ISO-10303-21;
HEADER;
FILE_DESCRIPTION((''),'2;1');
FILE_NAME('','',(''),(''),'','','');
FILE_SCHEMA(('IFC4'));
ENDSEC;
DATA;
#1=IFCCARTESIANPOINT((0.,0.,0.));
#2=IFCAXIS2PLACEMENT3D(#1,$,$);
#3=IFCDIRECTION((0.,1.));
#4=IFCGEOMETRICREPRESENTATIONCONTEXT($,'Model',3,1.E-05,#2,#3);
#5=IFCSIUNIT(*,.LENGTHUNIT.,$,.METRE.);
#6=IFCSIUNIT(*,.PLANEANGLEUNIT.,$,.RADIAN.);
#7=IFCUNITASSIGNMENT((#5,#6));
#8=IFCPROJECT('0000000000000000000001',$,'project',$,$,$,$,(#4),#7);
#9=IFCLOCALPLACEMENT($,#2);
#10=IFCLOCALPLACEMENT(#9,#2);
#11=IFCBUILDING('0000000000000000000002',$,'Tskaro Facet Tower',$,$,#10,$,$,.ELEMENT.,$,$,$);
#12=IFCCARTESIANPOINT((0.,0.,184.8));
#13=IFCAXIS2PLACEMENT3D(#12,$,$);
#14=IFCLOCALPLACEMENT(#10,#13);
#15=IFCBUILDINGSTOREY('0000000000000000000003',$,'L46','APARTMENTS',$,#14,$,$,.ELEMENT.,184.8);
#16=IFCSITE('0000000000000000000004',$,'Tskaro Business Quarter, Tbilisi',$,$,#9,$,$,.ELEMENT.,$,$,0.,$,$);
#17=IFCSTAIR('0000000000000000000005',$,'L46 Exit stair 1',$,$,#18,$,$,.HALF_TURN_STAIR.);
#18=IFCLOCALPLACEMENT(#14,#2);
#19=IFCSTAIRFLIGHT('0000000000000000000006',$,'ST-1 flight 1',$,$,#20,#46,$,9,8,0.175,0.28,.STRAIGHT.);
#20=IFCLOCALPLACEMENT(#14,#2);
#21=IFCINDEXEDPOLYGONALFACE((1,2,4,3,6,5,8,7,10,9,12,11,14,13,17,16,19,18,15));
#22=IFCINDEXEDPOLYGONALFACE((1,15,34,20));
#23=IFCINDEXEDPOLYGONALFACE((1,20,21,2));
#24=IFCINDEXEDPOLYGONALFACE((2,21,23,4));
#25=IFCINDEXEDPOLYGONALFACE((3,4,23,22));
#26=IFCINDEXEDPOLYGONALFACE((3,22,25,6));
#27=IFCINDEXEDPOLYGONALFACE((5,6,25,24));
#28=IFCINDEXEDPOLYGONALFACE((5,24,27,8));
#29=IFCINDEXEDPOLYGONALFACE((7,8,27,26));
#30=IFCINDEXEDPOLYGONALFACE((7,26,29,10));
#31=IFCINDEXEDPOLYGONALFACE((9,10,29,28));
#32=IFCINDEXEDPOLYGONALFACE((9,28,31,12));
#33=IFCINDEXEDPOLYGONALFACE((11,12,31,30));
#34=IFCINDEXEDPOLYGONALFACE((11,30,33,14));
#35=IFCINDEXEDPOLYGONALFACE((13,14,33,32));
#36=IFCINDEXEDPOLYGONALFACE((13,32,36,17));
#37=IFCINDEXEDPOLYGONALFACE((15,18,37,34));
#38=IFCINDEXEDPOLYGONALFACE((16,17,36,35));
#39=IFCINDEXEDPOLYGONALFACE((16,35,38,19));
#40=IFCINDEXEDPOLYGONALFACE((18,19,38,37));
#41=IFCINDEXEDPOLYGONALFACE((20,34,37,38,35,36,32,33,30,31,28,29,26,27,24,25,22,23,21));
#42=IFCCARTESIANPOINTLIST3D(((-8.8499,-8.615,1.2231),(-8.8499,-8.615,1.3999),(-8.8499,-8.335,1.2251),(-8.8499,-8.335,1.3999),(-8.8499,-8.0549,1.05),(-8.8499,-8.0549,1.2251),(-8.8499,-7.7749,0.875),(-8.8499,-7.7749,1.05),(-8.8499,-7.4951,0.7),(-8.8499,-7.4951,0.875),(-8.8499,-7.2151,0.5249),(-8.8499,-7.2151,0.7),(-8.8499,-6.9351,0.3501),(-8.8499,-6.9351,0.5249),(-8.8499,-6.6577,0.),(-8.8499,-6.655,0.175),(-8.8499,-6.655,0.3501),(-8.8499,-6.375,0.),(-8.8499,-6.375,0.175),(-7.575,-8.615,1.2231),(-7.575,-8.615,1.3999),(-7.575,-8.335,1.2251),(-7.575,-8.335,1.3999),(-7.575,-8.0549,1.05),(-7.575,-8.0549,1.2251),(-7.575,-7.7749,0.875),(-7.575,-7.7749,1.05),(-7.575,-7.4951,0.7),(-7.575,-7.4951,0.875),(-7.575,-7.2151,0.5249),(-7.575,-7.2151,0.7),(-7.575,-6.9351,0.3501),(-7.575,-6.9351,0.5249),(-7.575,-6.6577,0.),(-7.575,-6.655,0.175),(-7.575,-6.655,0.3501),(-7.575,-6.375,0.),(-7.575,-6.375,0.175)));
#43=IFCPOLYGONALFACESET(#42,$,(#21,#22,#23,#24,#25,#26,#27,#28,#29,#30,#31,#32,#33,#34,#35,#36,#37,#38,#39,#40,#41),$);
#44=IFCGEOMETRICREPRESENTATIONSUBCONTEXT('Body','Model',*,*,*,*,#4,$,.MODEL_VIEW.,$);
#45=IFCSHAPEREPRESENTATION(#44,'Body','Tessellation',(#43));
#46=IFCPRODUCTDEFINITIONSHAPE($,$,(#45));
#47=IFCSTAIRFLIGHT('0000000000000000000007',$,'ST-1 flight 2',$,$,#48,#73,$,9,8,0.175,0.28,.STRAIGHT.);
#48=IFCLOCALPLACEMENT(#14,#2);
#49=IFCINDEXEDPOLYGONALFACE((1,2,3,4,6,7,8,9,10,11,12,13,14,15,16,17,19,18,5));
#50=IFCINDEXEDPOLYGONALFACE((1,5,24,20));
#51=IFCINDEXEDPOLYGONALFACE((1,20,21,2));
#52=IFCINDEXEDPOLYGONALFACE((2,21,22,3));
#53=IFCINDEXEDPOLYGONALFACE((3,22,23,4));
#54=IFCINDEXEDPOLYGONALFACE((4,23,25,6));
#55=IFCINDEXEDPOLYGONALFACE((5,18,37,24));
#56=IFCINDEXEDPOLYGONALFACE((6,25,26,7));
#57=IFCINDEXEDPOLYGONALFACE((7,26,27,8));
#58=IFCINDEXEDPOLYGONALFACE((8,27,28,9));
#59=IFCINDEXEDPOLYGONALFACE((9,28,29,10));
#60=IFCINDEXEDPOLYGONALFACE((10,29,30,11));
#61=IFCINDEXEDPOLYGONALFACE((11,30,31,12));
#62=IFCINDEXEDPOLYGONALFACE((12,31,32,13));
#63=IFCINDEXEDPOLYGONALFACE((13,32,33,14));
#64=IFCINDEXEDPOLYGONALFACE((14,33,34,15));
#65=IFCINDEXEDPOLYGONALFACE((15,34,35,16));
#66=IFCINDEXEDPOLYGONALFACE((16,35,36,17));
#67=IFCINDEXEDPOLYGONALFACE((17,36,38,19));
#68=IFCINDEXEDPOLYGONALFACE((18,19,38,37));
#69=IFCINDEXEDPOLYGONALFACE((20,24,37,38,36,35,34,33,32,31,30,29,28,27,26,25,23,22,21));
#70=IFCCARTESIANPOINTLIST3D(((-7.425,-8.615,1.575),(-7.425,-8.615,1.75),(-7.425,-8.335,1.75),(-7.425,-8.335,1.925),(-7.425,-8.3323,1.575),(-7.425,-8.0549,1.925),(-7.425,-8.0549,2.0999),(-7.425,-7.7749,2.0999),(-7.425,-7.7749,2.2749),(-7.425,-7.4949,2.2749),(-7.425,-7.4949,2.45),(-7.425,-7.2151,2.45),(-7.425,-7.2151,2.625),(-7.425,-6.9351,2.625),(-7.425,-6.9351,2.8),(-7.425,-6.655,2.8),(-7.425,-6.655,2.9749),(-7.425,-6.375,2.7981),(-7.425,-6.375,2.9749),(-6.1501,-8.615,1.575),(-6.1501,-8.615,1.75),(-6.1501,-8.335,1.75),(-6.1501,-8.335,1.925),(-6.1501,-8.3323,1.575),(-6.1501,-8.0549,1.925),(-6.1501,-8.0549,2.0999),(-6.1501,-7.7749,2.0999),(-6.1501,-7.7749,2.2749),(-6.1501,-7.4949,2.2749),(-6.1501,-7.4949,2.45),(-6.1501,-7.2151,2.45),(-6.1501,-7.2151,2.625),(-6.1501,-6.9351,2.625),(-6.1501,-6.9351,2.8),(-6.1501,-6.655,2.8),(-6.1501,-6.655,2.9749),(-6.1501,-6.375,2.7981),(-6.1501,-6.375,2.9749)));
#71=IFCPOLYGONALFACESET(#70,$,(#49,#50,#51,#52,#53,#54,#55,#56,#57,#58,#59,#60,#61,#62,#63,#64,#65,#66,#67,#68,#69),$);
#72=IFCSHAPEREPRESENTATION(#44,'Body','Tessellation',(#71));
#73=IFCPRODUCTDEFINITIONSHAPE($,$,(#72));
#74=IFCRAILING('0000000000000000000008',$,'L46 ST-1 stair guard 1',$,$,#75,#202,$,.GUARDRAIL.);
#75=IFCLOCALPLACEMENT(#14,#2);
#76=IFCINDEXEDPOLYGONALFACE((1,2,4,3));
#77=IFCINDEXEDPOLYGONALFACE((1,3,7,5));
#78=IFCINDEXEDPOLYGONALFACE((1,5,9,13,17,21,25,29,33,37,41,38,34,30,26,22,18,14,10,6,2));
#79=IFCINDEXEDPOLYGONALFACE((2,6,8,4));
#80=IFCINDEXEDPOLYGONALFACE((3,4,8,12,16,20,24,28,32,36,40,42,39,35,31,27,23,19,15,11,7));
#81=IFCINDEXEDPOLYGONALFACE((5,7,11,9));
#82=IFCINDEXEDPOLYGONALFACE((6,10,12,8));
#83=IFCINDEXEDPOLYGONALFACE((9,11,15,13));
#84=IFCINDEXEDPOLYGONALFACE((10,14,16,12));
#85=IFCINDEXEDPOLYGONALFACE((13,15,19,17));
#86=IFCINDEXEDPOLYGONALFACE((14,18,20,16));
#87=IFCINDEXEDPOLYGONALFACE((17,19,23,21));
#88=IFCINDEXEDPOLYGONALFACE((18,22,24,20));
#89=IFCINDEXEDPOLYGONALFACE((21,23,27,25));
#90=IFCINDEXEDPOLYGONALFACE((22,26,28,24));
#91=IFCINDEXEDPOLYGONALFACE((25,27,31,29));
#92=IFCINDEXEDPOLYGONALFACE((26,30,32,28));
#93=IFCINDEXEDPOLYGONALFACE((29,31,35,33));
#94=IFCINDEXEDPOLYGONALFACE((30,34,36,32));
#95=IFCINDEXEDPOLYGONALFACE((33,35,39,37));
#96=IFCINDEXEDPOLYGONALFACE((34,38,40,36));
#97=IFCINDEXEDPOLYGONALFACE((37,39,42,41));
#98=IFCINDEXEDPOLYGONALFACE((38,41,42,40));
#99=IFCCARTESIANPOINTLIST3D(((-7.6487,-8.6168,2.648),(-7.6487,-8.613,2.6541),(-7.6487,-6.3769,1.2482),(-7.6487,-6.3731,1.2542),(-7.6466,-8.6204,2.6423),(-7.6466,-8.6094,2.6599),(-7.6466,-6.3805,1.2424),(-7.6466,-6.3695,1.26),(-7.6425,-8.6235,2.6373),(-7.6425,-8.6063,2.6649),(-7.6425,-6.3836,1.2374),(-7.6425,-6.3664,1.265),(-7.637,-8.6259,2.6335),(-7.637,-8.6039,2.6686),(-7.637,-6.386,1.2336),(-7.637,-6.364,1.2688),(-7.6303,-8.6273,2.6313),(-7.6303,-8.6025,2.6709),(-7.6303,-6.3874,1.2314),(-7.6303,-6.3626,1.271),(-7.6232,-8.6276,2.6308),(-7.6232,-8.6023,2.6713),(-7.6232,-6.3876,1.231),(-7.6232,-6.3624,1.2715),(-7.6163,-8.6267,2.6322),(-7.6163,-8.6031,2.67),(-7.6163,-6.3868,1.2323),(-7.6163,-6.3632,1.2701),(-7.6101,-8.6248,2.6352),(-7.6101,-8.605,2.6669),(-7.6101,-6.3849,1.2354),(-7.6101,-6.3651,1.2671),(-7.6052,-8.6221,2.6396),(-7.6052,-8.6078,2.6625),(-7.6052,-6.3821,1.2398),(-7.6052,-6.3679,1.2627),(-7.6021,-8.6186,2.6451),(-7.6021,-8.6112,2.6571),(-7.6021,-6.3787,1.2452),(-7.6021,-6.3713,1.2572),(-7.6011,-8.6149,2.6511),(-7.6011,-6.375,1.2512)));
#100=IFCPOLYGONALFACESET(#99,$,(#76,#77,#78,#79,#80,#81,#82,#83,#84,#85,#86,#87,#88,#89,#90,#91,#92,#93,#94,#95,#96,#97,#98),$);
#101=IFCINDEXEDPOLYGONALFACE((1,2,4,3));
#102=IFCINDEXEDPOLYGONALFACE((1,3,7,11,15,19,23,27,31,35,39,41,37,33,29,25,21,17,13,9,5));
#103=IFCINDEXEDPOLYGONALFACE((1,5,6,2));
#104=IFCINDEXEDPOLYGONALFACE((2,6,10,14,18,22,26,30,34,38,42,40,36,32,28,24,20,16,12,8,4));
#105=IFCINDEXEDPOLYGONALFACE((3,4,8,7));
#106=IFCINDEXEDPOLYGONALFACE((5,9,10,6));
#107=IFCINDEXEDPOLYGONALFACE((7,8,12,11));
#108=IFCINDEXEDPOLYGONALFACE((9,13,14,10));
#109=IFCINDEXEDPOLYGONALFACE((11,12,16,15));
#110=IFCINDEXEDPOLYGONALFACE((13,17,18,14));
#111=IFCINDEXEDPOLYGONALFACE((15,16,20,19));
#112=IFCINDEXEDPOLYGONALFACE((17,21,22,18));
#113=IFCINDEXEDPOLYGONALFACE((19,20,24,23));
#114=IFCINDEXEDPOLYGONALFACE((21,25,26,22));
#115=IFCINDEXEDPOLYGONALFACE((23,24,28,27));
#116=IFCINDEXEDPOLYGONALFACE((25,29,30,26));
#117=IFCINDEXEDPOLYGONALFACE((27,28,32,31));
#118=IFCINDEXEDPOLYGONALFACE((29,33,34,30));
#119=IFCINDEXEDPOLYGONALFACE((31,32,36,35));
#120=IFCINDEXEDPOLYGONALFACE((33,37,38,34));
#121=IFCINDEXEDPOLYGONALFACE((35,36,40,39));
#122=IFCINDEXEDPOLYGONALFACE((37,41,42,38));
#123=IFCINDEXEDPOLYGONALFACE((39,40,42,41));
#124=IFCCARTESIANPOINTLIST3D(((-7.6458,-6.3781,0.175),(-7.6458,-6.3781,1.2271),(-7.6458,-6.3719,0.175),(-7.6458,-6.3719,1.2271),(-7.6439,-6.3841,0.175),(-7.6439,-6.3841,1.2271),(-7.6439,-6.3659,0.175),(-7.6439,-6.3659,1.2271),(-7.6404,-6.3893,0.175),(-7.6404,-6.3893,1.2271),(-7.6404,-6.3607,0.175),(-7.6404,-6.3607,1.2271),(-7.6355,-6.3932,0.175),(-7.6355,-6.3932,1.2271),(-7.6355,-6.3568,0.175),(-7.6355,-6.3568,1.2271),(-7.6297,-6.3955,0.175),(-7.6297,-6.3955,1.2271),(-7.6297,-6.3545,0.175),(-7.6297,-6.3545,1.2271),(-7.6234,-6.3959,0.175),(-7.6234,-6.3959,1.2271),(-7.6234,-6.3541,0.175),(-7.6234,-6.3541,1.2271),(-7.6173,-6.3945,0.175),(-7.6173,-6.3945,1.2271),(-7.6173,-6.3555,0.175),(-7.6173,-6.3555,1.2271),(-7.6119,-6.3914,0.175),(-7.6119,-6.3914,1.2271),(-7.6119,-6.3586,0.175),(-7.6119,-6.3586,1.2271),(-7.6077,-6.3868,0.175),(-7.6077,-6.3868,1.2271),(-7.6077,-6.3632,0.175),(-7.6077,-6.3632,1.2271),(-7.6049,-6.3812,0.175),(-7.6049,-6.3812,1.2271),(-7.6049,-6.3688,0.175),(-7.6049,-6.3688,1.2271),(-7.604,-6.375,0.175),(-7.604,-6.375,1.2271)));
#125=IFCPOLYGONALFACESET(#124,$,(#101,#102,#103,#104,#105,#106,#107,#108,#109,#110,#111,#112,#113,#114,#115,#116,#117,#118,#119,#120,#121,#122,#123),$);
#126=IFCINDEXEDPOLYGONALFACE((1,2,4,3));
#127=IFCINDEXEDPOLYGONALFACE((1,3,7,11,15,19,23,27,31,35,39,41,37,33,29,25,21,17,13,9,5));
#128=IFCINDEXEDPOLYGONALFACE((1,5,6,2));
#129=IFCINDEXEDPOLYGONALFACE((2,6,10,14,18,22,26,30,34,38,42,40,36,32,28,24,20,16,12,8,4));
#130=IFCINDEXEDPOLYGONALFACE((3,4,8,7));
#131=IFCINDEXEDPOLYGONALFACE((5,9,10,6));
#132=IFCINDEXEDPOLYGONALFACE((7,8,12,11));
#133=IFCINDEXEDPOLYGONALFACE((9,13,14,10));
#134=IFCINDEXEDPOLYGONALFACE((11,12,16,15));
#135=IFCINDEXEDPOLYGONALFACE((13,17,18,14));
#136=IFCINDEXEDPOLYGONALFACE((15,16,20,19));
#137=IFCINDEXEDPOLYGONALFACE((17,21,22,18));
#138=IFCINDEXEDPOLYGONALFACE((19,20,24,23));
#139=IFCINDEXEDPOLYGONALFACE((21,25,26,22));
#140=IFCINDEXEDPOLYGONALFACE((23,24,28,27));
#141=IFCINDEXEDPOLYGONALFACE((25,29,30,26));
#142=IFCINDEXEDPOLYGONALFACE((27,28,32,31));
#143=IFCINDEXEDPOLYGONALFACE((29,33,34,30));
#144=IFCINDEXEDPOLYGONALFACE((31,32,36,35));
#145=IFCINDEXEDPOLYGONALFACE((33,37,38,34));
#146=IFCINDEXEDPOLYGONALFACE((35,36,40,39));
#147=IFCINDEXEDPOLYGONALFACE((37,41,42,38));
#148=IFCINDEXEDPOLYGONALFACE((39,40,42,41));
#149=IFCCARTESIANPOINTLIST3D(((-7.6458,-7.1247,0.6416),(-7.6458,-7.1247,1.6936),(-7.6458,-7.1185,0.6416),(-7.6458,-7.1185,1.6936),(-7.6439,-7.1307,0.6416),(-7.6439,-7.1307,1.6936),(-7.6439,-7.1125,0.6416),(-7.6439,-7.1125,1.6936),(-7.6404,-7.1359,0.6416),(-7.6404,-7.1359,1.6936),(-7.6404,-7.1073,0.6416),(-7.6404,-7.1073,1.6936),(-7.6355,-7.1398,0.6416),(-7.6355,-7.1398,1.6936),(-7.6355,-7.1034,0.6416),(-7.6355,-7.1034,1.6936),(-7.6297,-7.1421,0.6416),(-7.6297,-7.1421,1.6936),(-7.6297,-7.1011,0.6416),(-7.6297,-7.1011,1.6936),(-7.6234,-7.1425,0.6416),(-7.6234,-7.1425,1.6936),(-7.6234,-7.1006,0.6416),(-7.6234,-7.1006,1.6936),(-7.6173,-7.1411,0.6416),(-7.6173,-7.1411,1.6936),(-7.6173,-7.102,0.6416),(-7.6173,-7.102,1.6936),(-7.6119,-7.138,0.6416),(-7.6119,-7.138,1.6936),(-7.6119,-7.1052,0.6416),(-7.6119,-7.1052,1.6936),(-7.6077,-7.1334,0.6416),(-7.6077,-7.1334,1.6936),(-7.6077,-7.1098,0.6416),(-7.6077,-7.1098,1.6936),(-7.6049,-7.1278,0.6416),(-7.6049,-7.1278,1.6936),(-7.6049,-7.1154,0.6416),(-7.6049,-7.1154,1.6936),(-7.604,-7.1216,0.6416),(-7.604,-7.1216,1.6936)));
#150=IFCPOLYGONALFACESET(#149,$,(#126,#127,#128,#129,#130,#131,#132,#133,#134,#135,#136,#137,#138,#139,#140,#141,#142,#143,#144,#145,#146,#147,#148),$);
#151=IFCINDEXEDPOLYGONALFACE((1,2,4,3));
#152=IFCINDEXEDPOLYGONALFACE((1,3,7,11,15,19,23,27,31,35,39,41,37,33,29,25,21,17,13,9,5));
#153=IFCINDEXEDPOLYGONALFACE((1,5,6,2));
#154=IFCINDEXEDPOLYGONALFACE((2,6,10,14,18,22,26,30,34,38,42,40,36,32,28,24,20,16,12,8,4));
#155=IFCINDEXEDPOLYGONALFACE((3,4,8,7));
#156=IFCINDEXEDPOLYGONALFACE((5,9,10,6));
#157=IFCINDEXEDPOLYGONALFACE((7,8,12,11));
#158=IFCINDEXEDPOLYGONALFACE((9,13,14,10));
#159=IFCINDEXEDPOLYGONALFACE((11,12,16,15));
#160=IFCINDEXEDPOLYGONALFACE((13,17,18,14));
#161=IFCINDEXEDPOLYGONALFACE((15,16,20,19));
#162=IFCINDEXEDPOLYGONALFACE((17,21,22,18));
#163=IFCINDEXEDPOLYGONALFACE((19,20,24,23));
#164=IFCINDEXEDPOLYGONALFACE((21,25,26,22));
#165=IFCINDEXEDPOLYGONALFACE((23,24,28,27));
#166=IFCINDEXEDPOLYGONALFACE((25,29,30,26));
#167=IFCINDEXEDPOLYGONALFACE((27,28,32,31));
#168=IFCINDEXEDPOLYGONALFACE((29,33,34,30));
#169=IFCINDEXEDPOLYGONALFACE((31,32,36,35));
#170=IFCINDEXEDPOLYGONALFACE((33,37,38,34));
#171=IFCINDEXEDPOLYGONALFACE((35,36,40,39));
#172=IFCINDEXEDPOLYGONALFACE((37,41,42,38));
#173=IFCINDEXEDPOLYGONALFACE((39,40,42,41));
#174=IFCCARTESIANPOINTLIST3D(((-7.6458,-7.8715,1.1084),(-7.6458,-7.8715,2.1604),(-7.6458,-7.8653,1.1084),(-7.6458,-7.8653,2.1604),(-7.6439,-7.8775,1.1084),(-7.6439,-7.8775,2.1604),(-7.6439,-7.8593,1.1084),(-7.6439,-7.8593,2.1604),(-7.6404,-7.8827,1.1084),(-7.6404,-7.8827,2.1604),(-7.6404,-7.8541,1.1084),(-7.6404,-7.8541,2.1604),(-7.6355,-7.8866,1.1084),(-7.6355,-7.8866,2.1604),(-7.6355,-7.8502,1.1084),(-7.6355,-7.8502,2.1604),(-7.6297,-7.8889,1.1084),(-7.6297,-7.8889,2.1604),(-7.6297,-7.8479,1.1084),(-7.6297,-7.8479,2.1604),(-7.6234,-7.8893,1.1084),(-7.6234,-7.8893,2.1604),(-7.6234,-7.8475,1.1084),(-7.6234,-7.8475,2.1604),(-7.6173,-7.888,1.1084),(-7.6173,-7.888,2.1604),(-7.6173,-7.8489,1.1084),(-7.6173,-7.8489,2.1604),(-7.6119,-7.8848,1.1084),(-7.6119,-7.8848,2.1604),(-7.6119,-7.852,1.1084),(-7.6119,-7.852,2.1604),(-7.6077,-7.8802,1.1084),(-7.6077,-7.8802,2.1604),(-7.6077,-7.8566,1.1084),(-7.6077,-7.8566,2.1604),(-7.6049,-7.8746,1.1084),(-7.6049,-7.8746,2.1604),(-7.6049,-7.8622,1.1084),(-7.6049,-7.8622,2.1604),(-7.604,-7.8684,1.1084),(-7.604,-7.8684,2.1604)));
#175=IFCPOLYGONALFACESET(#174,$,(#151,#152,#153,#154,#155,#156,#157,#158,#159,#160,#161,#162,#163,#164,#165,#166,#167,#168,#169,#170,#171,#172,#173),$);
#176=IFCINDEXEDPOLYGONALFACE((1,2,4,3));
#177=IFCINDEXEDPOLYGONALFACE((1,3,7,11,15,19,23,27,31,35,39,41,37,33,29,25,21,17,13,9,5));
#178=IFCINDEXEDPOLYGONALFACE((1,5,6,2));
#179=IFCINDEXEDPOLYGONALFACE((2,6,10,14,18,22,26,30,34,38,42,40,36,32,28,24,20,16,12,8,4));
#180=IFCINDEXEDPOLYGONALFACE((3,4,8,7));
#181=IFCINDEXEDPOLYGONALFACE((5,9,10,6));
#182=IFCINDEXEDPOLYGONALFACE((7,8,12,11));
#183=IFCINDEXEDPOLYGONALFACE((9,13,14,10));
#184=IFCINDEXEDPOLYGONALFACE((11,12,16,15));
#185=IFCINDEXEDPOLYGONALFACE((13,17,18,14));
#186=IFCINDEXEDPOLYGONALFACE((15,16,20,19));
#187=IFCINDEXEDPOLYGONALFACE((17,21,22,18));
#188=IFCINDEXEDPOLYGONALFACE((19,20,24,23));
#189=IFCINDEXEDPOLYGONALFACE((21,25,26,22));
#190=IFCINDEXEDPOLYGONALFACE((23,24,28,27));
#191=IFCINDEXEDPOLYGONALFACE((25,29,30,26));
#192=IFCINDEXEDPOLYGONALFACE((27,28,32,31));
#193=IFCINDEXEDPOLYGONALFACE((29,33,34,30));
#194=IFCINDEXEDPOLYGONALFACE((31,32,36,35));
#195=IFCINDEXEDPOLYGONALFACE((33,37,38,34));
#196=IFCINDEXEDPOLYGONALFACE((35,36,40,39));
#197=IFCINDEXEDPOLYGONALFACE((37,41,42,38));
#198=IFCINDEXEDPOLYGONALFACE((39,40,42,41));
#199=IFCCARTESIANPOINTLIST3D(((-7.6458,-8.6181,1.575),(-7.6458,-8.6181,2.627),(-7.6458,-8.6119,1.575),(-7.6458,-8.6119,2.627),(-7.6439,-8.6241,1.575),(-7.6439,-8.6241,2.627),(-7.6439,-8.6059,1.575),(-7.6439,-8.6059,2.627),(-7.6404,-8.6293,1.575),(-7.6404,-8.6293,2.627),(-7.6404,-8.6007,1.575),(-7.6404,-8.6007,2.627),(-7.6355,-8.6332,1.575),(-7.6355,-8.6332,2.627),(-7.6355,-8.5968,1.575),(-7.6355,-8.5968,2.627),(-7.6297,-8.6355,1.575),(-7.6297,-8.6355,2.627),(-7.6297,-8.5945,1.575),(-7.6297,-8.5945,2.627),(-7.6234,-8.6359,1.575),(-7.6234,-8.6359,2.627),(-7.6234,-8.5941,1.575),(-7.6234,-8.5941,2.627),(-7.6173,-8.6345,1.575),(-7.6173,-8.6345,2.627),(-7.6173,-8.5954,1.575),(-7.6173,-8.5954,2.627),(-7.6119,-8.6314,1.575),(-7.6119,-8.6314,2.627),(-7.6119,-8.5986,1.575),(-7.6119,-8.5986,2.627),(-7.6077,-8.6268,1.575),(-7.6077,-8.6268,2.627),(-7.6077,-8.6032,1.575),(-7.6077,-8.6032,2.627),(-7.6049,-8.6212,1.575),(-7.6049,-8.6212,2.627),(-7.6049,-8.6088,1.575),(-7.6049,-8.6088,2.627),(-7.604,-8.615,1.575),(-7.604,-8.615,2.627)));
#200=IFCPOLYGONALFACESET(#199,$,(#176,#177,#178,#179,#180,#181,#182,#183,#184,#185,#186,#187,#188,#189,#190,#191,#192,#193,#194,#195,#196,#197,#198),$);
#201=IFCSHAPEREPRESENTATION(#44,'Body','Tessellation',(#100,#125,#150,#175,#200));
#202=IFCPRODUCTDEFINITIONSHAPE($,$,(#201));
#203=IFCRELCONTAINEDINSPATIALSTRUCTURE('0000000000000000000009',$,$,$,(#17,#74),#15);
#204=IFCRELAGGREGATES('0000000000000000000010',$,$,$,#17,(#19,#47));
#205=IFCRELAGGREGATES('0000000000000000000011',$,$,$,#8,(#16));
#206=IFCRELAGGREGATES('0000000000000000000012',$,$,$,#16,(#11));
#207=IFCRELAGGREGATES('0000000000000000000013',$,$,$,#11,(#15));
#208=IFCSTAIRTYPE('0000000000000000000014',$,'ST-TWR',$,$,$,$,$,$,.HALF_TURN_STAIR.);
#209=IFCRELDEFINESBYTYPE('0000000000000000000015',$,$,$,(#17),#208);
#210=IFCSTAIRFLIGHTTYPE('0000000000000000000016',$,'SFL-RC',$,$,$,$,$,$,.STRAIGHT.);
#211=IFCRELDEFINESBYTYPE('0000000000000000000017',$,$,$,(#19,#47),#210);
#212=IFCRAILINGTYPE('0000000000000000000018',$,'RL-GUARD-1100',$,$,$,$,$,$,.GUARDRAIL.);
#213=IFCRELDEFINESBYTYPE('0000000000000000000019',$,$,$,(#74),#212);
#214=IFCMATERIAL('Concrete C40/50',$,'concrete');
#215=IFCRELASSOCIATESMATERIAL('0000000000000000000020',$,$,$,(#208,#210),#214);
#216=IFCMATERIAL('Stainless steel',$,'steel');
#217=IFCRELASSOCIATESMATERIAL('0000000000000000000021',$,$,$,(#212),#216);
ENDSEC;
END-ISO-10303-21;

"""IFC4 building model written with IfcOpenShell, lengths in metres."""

from ifc_helpers import new_model, si_unit, direction, frame, origin, origin_2d, place, context, subcontext, project, spatial, polyline, circle, outline, extrude, material, type_object, element, aggregate, save


model = new_model("IFC4")

# Units and contexts
model_context = context("Model", 3, precision=1e-05, world=origin(), true_north=direction((0.0, 1.0)))
body_context = subcontext(model_context, "Body", "Model", "MODEL_VIEW")
ifc_project = project(units=[si_unit("LENGTHUNIT", "METRE"), si_unit("PLANEANGLEUNIT", "RADIAN")], contexts=[model_context])

# Site, building, storey
site_placement = place(None, origin())
site = spatial("IfcSite", under=ifc_project, at=site_placement, Name="Tskaro Business Quarter, Tbilisi", CompositionType="ELEMENT", RefElevation=0.0)
building_placement = place(site_placement, origin())
building = spatial("IfcBuilding", under=site, at=building_placement, Name="Tskaro Facet Tower", CompositionType="ELEMENT")
storey_placement = place(building_placement, frame((0.0, 0.0, 184.8)))
storey = spatial("IfcBuildingStorey", under=building, at=storey_placement, Name="L46", Description="APARTMENTS", CompositionType="ELEMENT", Elevation=184.8)

# Shared definitions
ifc_material_1 = material(Name="Stainless steel", Category="steel")

# Shared definitions
ifc_material_2 = material(Name="Concrete C40/50", Category="concrete")

# Stair, stair flights
stair_type = type_object("IfcStairType", Name="ST-TWR", PredefinedType="HALF_TURN_STAIR", material=ifc_material_2)
stair_placement = place(storey_placement, origin())
stair = element("IfcStair", 1, at=stair_placement, inside=storey, type_object=stair_type, Name="L46 Exit stair 1", PredefinedType="HALF_TURN_STAIR")
stair_flight_type = type_object("IfcStairFlightType", Name="SFL-RC", PredefinedType="STRAIGHT", material=ifc_material_2)
stair_flight_1_placement = place(storey_placement, frame((-8.2124, -6.375, 0.0), z_axis=(0.0, 0.0, 1.0), x_axis=(0.0, -1.0, 0.0)))
stair_flight_1 = element("IfcStairFlight", 2, at=stair_flight_1_placement, type_object=stair_flight_type, Name="ST-1 flight 1", NumberOfRisers=9, NumberOfTreads=8, PredefinedType="STRAIGHT", RiserHeight=0.175, TreadLength=0.28, context=body_context, shape_type="SweptSolid", body=[
    extrude(outline(polyline([(0.0, 0.0), (0.0, 0.175), (0.28, 0.175), (0.28, 0.3501), (0.5601, 0.3501), (0.5601, 0.5249), (0.8401, 0.5249), (0.8401, 0.7), (1.1201, 0.7), (1.1201, 0.875), (1.3999, 0.875), (1.3999, 1.05), (1.6799, 1.05), (1.6799, 1.2251), (1.96, 1.2251), (1.96, 1.3999), (2.24, 1.3999), (2.24, 1.575), (2.24, 1.2231), (0.2827, 0.0), (0.0, 0.0)])), frame((0.0, 0.6375, 0.0), z_axis=(0.0, -1.0, 0.0), x_axis=(1.0, 0.0, 0.0)), (0.0, 0.0, 1.0), 1.2749),
])
stair_flight_2_placement = place(storey_placement, frame((-6.7876, -8.615, 1.575), z_axis=(0.0, 0.0, 1.0), x_axis=(0.0, 1.0, 0.0)))
stair_flight_2 = element("IfcStairFlight", 3, at=stair_flight_2_placement, type_object=stair_flight_type, Name="ST-1 flight 2", NumberOfRisers=9, NumberOfTreads=8, PredefinedType="STRAIGHT", RiserHeight=0.175, TreadLength=0.28, context=body_context, shape_type="SweptSolid", body=[
    extrude(outline(polyline([(0.0, 0.0), (0.0, 0.175), (0.28, 0.175), (0.28, 0.3501), (0.5601, 0.3501), (0.5601, 0.5249), (0.8401, 0.5249), (0.8401, 0.7), (1.1201, 0.7), (1.1201, 0.875), (1.3999, 0.875), (1.3999, 1.05), (1.6799, 1.05), (1.6799, 1.2251), (1.96, 1.2251), (1.96, 1.3999), (2.24, 1.3999), (2.24, 1.575), (2.24, 1.2231), (0.2827, 0.0), (0.0, 0.0)])), frame((0.0, 0.6375, 0.0), z_axis=(0.0, -1.0, 0.0), x_axis=(1.0, 0.0, 0.0)), (0.0, 0.0, 1.0), 1.2749),
])
aggregate(stair, [stair_flight_1, stair_flight_2])

# Railing
railing_type_1 = type_object("IfcRailingType", Name="RL-GUARD-1100", PredefinedType="GUARDRAIL", material=ifc_material_1)
railing_1_placement = place(storey_placement, frame((-7.625, -6.375, 0.175)))
element("IfcRailing", 4, at=railing_1_placement, inside=storey, type_object=railing_type_1, Name="L46 ST-1 stair guard 1", PredefinedType="GUARDRAIL", context=body_context, shape_type="SweptSolid", body=[
    extrude(circle(Radius=0.0239, at=origin_2d()), frame((0.0, 0.0, 1.0762), z_axis=(0.0, -0.848014, 0.529974), x_axis=(1.0, 0.0, 0.0)), (0.0, 0.0, 1.0), 2.6414),
    extrude(circle(Radius=0.021, at=origin_2d()), origin(), (0.0, 0.0, 1.0), 1.052),
    extrude(circle(Radius=0.021, at=origin_2d()), frame((0.0, -0.7466, 0.4666)), (0.0, 0.0, 1.0), 1.052),
    extrude(circle(Radius=0.021, at=origin_2d()), frame((0.0, -1.4934, 0.9333)), (0.0, 0.0, 1.0), 1.052),
    extrude(circle(Radius=0.021, at=origin_2d()), frame((0.0, -2.24, 1.3999)), (0.0, 0.0, 1.0), 1.052),
])

save(model, "model.ifc")
